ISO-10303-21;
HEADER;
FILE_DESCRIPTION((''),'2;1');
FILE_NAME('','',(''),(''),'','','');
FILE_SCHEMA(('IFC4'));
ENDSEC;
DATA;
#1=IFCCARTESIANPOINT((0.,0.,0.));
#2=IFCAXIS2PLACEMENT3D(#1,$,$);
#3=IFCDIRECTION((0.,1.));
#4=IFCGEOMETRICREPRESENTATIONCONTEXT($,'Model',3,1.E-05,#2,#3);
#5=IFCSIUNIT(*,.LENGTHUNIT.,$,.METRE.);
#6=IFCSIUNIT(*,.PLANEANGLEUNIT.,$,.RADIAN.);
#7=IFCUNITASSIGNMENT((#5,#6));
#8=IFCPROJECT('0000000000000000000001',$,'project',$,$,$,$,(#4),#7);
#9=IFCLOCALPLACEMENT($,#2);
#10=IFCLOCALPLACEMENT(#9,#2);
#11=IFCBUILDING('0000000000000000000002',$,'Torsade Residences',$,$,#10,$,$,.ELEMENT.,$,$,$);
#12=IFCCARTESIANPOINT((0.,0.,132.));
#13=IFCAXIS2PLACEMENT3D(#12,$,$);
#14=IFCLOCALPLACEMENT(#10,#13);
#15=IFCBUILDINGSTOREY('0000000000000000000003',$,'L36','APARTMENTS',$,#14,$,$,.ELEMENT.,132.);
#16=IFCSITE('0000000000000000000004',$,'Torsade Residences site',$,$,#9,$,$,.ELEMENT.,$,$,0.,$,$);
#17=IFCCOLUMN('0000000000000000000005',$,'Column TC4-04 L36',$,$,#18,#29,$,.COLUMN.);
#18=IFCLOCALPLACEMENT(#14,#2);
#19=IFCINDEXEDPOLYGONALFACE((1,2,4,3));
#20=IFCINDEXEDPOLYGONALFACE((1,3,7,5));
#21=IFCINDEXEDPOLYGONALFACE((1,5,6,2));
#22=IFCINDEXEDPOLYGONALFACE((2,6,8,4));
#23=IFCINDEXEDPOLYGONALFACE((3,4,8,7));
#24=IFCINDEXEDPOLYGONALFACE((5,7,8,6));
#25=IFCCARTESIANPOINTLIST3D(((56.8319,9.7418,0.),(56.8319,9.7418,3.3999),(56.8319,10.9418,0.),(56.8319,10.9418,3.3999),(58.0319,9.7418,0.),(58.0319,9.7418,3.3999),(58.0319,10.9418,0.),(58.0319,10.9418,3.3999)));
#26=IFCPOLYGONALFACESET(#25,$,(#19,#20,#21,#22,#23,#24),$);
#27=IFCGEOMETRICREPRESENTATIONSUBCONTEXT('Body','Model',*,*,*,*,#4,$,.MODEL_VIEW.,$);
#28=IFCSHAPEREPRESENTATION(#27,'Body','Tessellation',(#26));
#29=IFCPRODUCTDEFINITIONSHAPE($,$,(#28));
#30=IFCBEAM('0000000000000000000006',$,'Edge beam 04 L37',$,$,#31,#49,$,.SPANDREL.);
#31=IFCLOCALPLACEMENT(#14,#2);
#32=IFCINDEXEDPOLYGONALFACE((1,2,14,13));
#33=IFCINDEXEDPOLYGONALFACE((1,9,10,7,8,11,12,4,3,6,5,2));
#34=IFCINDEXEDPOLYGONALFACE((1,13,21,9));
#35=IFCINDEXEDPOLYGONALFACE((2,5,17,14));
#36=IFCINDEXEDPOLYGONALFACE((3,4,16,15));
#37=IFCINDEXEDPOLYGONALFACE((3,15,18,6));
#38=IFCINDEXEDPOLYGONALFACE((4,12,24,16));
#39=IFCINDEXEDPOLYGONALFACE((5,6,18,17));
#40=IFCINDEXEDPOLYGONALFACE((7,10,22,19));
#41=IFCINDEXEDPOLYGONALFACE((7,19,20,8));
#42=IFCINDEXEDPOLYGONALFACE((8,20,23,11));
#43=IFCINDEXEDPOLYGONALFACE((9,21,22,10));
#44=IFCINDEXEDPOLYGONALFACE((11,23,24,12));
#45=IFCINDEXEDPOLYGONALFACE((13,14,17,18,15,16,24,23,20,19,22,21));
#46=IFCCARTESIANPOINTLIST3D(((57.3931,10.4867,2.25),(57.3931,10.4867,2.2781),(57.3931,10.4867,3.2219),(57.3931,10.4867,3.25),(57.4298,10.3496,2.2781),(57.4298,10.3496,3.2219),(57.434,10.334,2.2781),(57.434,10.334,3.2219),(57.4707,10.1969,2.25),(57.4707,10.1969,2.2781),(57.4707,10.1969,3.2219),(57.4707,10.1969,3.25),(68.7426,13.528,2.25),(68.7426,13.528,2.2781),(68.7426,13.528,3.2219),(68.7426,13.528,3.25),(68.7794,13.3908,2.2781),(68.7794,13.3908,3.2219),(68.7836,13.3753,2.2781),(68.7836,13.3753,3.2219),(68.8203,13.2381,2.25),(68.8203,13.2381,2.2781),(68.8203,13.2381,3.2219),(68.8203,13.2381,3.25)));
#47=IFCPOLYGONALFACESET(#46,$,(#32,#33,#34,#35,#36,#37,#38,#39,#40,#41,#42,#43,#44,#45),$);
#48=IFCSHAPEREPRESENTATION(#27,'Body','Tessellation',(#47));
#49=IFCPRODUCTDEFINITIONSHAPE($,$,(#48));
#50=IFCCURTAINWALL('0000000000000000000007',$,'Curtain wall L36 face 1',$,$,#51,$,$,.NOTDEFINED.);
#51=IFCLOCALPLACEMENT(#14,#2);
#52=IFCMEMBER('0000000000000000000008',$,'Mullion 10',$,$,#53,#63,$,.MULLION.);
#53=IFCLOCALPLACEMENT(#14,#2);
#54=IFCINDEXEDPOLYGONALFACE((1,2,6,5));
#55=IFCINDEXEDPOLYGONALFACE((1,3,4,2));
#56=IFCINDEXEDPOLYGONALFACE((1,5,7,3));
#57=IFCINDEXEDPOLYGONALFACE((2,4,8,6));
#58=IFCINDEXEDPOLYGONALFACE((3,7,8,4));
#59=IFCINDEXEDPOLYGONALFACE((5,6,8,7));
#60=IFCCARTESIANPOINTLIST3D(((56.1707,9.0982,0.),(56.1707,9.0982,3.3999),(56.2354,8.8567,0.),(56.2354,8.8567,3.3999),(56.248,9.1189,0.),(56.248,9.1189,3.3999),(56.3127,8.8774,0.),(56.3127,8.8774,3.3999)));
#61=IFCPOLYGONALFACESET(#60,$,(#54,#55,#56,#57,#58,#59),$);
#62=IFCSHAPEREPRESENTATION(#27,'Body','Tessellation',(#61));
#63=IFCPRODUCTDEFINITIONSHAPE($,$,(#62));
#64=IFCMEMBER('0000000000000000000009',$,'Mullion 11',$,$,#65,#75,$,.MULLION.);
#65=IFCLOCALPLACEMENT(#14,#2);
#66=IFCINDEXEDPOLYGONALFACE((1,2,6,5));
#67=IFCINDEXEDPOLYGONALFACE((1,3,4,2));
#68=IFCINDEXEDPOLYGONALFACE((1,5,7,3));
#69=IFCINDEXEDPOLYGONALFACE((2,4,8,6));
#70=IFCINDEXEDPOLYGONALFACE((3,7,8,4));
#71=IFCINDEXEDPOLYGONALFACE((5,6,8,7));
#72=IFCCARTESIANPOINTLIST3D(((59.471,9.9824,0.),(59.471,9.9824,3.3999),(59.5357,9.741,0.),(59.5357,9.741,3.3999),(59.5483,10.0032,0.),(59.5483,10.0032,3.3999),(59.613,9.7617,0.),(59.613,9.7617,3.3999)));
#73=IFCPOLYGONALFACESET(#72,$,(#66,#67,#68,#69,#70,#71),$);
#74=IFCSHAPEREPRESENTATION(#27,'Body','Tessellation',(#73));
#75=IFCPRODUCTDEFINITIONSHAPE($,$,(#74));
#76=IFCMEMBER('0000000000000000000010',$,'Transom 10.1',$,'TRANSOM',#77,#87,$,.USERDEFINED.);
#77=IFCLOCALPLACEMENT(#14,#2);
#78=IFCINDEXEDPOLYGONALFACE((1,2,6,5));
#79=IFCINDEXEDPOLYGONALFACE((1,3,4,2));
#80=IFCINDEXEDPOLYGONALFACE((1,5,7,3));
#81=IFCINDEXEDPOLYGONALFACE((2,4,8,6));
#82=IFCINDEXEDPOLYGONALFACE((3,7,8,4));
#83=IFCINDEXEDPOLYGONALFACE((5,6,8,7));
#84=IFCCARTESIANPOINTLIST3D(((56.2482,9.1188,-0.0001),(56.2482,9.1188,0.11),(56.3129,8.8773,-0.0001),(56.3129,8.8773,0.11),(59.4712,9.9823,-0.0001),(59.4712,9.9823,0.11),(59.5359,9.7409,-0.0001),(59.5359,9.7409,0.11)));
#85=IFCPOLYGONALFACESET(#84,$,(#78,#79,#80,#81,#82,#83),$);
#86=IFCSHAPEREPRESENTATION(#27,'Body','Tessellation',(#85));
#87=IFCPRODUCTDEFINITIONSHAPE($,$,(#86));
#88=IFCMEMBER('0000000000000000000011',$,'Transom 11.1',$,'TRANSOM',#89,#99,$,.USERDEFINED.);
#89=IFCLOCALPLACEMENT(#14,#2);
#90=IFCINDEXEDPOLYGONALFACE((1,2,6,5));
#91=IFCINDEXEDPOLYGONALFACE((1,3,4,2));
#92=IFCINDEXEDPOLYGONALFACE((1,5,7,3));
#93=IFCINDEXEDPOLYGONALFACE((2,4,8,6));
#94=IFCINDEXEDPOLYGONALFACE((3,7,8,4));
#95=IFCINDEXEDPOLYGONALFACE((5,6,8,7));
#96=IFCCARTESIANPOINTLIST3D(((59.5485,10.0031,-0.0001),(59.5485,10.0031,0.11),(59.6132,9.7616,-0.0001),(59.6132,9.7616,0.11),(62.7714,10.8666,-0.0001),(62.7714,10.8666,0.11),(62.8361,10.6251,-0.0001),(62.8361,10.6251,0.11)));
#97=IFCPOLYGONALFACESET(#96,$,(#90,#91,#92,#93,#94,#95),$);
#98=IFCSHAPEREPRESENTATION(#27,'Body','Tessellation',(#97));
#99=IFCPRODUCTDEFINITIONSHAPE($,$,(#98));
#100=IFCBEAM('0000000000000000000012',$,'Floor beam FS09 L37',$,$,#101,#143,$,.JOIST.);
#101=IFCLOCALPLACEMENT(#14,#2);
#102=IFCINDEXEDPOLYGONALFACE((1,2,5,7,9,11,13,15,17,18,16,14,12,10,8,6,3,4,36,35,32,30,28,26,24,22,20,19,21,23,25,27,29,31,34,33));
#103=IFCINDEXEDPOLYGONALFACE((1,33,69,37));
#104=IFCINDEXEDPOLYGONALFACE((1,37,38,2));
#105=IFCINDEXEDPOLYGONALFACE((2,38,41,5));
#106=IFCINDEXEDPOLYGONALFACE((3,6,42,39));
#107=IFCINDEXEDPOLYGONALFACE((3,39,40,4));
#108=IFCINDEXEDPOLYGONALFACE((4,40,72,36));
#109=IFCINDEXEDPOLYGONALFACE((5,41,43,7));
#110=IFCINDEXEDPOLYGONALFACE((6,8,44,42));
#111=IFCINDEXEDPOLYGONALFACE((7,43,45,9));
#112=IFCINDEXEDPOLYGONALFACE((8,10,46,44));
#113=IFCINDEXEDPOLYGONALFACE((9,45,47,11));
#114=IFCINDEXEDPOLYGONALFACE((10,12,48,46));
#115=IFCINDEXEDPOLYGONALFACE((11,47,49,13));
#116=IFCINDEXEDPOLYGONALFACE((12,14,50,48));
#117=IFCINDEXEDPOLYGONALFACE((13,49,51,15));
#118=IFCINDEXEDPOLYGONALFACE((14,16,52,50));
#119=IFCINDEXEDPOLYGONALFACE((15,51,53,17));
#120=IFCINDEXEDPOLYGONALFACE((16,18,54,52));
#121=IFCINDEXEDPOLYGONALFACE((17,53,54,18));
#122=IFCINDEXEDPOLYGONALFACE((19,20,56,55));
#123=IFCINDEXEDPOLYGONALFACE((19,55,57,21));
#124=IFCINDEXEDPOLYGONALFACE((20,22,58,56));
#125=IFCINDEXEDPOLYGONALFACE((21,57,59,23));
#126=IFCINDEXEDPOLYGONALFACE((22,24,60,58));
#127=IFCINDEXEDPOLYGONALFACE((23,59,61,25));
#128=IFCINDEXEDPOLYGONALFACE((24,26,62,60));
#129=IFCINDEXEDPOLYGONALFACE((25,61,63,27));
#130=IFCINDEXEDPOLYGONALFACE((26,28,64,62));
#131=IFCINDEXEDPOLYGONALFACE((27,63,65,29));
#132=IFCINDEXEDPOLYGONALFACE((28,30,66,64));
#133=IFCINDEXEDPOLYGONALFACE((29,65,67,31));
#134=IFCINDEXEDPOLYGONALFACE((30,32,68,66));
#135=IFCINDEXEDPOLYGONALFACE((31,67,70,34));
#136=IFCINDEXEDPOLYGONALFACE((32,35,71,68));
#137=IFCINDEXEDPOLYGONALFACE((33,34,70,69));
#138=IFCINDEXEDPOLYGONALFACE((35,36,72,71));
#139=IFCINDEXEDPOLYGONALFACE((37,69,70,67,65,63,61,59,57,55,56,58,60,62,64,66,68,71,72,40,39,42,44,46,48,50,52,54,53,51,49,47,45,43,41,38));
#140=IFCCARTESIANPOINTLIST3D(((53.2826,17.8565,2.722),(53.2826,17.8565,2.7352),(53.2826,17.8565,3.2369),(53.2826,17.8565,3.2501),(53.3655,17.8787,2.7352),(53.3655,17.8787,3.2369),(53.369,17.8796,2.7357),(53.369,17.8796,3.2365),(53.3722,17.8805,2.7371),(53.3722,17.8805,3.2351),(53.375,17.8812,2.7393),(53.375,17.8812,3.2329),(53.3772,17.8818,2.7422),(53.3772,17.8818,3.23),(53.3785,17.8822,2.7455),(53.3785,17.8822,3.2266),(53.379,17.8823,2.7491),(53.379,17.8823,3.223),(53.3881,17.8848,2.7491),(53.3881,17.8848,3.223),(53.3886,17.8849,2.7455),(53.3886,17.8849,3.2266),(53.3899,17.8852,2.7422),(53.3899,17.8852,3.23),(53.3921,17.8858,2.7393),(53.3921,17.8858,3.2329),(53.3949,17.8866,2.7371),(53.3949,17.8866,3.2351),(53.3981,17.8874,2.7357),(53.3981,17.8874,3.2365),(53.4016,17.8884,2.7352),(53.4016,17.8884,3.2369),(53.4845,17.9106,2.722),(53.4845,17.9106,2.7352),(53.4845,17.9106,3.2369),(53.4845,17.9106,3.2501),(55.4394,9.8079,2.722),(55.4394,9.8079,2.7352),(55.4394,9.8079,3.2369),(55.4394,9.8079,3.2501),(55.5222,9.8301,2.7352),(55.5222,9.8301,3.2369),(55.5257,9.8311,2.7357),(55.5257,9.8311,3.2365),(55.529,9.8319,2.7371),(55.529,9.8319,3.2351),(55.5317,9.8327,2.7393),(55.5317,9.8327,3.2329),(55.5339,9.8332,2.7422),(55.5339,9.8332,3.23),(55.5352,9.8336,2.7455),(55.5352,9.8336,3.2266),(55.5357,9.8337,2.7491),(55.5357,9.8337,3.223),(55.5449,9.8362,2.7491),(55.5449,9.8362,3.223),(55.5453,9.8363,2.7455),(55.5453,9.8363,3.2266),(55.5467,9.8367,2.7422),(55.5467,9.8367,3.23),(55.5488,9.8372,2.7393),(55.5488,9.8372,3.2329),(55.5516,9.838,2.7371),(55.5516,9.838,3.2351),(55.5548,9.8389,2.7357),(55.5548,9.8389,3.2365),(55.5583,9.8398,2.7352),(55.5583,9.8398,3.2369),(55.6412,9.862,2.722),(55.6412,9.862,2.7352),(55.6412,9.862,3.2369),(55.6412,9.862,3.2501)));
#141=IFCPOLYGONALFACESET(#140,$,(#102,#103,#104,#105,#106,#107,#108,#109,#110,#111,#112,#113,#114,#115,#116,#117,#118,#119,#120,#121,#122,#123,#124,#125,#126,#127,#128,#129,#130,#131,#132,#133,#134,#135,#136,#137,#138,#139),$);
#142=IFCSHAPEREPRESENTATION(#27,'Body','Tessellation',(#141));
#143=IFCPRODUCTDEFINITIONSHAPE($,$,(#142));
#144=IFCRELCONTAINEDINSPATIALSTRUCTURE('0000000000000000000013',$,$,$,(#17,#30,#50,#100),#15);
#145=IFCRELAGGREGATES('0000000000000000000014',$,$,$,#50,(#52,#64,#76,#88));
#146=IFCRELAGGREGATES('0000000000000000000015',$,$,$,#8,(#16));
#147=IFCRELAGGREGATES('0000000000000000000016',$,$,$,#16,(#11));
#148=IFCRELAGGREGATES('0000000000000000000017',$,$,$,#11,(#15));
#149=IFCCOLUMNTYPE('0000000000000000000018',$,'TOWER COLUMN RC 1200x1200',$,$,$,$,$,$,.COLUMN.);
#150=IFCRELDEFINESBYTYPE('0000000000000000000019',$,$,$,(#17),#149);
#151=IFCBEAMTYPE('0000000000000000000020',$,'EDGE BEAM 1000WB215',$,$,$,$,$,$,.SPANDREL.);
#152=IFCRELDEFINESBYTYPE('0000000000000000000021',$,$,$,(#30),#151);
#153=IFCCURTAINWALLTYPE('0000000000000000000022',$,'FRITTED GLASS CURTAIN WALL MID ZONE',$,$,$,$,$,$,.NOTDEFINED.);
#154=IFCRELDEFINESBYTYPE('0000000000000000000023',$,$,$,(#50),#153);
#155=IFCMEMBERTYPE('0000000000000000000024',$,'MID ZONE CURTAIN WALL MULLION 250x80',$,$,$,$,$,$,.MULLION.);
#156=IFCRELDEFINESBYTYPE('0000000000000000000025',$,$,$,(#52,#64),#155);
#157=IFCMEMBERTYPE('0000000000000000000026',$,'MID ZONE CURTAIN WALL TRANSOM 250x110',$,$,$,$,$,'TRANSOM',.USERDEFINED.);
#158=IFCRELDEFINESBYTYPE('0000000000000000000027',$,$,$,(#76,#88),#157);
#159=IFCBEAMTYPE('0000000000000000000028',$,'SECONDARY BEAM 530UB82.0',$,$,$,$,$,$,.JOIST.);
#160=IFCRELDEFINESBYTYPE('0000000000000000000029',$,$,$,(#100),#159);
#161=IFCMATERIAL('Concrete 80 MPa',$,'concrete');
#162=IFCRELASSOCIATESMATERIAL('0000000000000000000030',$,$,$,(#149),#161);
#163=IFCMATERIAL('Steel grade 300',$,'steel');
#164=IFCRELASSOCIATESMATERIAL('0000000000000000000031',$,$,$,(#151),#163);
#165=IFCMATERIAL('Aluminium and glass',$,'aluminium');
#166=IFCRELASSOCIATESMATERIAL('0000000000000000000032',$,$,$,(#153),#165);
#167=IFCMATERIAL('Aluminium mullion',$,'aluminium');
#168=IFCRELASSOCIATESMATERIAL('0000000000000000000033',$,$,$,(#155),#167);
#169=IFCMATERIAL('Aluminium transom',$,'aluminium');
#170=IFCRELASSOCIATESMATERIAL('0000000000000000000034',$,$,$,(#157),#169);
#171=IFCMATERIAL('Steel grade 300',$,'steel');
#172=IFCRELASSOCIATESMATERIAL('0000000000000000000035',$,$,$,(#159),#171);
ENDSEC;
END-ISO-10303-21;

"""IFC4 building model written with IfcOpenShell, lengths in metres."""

from ifc_helpers import new_model, si_unit, direction, frame, origin, origin_2d, place, context, subcontext, project, spatial, rectangle, i_section, extrude, material, material_profile, profile_set, type_object, element, aggregate, save


model = new_model("IFC4")

# Units and contexts
model_context = context("Model", 3, precision=1e-05, world=origin(), true_north=direction((0.0, 1.0)))
body_context = subcontext(model_context, "Body", "Model", "MODEL_VIEW")
ifc_project = project(units=[si_unit("LENGTHUNIT", "METRE"), si_unit("PLANEANGLEUNIT", "RADIAN")], contexts=[model_context])

# Site, building, storey
site_placement = place(None, origin())
site = spatial("IfcSite", under=ifc_project, at=site_placement, Name="Torsade Residences site", CompositionType="ELEMENT", RefElevation=0.0)
building_placement = place(site_placement, origin())
building = spatial("IfcBuilding", under=site, at=building_placement, Name="Torsade Residences", CompositionType="ELEMENT")
storey_placement = place(building_placement, frame((0.0, 0.0, 132.0)))
storey = spatial("IfcBuildingStorey", under=building, at=storey_placement, Name="L36", Description="APARTMENTS", CompositionType="ELEMENT", Elevation=132.0)

# Column
ifc_material_1 = material(Name="Concrete 80 MPa", Category="concrete")
ifc_material_profile_1 = material_profile(ifc_material_1, rectangle(XDim=1.2, YDim=1.2, at=origin_2d()), Name="RC 1200x1200")
ifc_profile_set_1 = profile_set([ifc_material_profile_1], Name="Concrete 80 MPa")
column_type = type_object("IfcColumnType", Name="TOWER COLUMN RC 1200x1200", PredefinedType="COLUMN", material=ifc_profile_set_1)
column_placement = place(storey_placement, frame((57.4319, 10.3418, 0.0), z_axis=(0.0, 0.0, 1.0), x_axis=(1.0, 0.0, 0.0)))
element("IfcColumn", 1, at=column_placement, inside=storey, type_object=column_type, Name="Column TC4-04 L36", PredefinedType="COLUMN", context=body_context, shape_type="SweptSolid", body=[
    extrude(rectangle(XDim=1.2, YDim=1.2, at=origin_2d()), origin(), (0.0, 0.0, 1.0), 3.3999),
])

# Beam
ifc_material_2 = material(Name="Steel grade 300", Category="steel")
ifc_material_profile_2 = material_profile(ifc_material_2, i_section(OverallWidth=0.3, OverallDepth=1.0, WebThickness=0.0161, FlangeThickness=0.0281, at=origin_2d()), Name="1000WB215")
ifc_profile_set_2 = profile_set([ifc_material_profile_2], Name="Steel grade 300")
beam_type_1 = type_object("IfcBeamType", Name="EDGE BEAM 1000WB215", PredefinedType="SPANDREL", material=ifc_profile_set_2)
beam_1_placement = place(storey_placement, frame((57.4319, 10.3418, 2.75), z_axis=(0.965923, 0.25883, 0.0), x_axis=(-0.25883, 0.965923, 0.0)))
element("IfcBeam", 2, at=beam_1_placement, inside=storey, type_object=beam_type_1, Name="Edge beam 04 L37", PredefinedType="SPANDREL", context=body_context, shape_type="SweptSolid", body=[
    extrude(i_section(OverallWidth=0.3, OverallDepth=1.0, WebThickness=0.0161, FlangeThickness=0.0281, at=origin_2d()), origin(), (0.0, 0.0, 1.0), 11.75),
])

# Curtain wall, members
ifc_material_3 = material(Name="Aluminium and glass", Category="aluminium")
curtain_wall_type = type_object("IfcCurtainWallType", Name="FRITTED GLASS CURTAIN WALL MID ZONE", PredefinedType="NOTDEFINED", material=ifc_material_3)
curtain_wall_placement = place(storey_placement, origin())
curtain_wall = element("IfcCurtainWall", 3, at=curtain_wall_placement, inside=storey, type_object=curtain_wall_type, Name="Curtain wall L36 face 1", PredefinedType="NOTDEFINED")
ifc_material_4 = material(Name="Aluminium mullion", Category="aluminium")
ifc_material_profile_3 = material_profile(ifc_material_4, rectangle(XDim=0.25, YDim=0.0801, at=origin_2d()), Name="MID ZONE CURTAIN WALL MULLION 250x80")
ifc_profile_set_3 = profile_set([ifc_material_profile_3], Name="Aluminium mullion")
member_type_1 = type_object("IfcMemberType", Name="MID ZONE CURTAIN WALL MULLION 250x80", PredefinedType="MULLION", material=ifc_profile_set_3)
member_1_placement = place(storey_placement, frame((56.2417, 8.9878, 0.0), z_axis=(0.0, 0.0, 1.0), x_axis=(-0.258819, 0.965926, 0.0)))
member_1 = element("IfcMember", 4, at=member_1_placement, type_object=member_type_1, Name="Mullion 10", PredefinedType="MULLION", context=body_context, shape_type="SweptSolid", body=[
    extrude(rectangle(XDim=0.25, YDim=0.0801, at=origin_2d()), origin(), (0.0, 0.0, 1.0), 3.3999),
])
member_2_placement = place(storey_placement, frame((59.542, 9.8721, 0.0), z_axis=(0.0, 0.0, 1.0), x_axis=(-0.258819, 0.965926, 0.0)))
member_2 = element("IfcMember", 5, at=member_2_placement, type_object=member_type_1, Name="Mullion 11", PredefinedType="MULLION", context=body_context, shape_type="SweptSolid", body=[
    extrude(rectangle(XDim=0.25, YDim=0.0801, at=origin_2d()), origin(), (0.0, 0.0, 1.0), 3.3999),
])
ifc_material_5 = material(Name="Aluminium transom", Category="aluminium")
ifc_material_profile_4 = material_profile(ifc_material_5, rectangle(XDim=0.25, YDim=0.1101, at=origin_2d()), Name="MID ZONE CURTAIN WALL TRANSOM 250x110")
ifc_profile_set_4 = profile_set([ifc_material_profile_4], Name="Aluminium transom")
member_type_2 = type_object("IfcMemberType", Name="MID ZONE CURTAIN WALL TRANSOM 250x110", ElementType="TRANSOM", PredefinedType="USERDEFINED", material=ifc_profile_set_4)
member_3_placement = place(storey_placement, frame((56.2805, 8.998, 0.0549), z_axis=(0.965929, 0.258806, 0.0), x_axis=(-0.258806, 0.965929, 0.0)))
member_3 = element("IfcMember", 6, at=member_3_placement, type_object=member_type_2, Name="Transom 10.1", ObjectType="TRANSOM", PredefinedType="USERDEFINED", context=body_context, shape_type="SweptSolid", body=[
    extrude(rectangle(XDim=0.25, YDim=0.1101, at=origin_2d()), origin(), (0.0, 0.0, 1.0), 3.3367),
])
member_4_placement = place(storey_placement, frame((59.5808, 9.8823, 0.0549), z_axis=(0.965929, 0.258806, 0.0), x_axis=(-0.258806, 0.965929, 0.0)))
member_4 = element("IfcMember", 7, at=member_4_placement, type_object=member_type_2, Name="Transom 11.1", ObjectType="TRANSOM", PredefinedType="USERDEFINED", context=body_context, shape_type="SweptSolid", body=[
    extrude(rectangle(XDim=0.25, YDim=0.1101, at=origin_2d()), origin(), (0.0, 0.0, 1.0), 3.3367),
])

# Beam
ifc_material_6 = material(Name="Steel grade 300", Category="steel")
ifc_material_profile_5 = material_profile(ifc_material_6, i_section(OverallWidth=0.209, OverallDepth=0.5281, WebThickness=0.0095, FlangeThickness=0.0132, FilletRadius=0.0139, at=origin_2d()), Name="530UB82.0")
ifc_profile_set_5 = profile_set([ifc_material_profile_5], Name="Steel grade 300")
beam_type_2 = type_object("IfcBeamType", Name="SECONDARY BEAM 530UB82.0", PredefinedType="JOIST", material=ifc_profile_set_5)
beam_2_placement = place(storey_placement, frame((55.5403, 9.835, 2.9861), z_axis=(-0.258833, 0.965922, 0.0), x_axis=(-0.965922, -0.258833, 0.0)))
element("IfcBeam", 8, at=beam_2_placement, inside=storey, type_object=beam_type_2, Name="Floor beam FS09 L37", PredefinedType="JOIST", context=body_context, shape_type="SweptSolid", body=[
    extrude(i_section(OverallWidth=0.209, OverallDepth=0.5281, WebThickness=0.0095, FlangeThickness=0.0132, FilletRadius=0.0139, at=origin_2d()), origin(), (0.0, 0.0, 1.0), 8.3325),
])

aggregate(curtain_wall, [member_1, member_2, member_3, member_4])

save(model, "model.ifc")
